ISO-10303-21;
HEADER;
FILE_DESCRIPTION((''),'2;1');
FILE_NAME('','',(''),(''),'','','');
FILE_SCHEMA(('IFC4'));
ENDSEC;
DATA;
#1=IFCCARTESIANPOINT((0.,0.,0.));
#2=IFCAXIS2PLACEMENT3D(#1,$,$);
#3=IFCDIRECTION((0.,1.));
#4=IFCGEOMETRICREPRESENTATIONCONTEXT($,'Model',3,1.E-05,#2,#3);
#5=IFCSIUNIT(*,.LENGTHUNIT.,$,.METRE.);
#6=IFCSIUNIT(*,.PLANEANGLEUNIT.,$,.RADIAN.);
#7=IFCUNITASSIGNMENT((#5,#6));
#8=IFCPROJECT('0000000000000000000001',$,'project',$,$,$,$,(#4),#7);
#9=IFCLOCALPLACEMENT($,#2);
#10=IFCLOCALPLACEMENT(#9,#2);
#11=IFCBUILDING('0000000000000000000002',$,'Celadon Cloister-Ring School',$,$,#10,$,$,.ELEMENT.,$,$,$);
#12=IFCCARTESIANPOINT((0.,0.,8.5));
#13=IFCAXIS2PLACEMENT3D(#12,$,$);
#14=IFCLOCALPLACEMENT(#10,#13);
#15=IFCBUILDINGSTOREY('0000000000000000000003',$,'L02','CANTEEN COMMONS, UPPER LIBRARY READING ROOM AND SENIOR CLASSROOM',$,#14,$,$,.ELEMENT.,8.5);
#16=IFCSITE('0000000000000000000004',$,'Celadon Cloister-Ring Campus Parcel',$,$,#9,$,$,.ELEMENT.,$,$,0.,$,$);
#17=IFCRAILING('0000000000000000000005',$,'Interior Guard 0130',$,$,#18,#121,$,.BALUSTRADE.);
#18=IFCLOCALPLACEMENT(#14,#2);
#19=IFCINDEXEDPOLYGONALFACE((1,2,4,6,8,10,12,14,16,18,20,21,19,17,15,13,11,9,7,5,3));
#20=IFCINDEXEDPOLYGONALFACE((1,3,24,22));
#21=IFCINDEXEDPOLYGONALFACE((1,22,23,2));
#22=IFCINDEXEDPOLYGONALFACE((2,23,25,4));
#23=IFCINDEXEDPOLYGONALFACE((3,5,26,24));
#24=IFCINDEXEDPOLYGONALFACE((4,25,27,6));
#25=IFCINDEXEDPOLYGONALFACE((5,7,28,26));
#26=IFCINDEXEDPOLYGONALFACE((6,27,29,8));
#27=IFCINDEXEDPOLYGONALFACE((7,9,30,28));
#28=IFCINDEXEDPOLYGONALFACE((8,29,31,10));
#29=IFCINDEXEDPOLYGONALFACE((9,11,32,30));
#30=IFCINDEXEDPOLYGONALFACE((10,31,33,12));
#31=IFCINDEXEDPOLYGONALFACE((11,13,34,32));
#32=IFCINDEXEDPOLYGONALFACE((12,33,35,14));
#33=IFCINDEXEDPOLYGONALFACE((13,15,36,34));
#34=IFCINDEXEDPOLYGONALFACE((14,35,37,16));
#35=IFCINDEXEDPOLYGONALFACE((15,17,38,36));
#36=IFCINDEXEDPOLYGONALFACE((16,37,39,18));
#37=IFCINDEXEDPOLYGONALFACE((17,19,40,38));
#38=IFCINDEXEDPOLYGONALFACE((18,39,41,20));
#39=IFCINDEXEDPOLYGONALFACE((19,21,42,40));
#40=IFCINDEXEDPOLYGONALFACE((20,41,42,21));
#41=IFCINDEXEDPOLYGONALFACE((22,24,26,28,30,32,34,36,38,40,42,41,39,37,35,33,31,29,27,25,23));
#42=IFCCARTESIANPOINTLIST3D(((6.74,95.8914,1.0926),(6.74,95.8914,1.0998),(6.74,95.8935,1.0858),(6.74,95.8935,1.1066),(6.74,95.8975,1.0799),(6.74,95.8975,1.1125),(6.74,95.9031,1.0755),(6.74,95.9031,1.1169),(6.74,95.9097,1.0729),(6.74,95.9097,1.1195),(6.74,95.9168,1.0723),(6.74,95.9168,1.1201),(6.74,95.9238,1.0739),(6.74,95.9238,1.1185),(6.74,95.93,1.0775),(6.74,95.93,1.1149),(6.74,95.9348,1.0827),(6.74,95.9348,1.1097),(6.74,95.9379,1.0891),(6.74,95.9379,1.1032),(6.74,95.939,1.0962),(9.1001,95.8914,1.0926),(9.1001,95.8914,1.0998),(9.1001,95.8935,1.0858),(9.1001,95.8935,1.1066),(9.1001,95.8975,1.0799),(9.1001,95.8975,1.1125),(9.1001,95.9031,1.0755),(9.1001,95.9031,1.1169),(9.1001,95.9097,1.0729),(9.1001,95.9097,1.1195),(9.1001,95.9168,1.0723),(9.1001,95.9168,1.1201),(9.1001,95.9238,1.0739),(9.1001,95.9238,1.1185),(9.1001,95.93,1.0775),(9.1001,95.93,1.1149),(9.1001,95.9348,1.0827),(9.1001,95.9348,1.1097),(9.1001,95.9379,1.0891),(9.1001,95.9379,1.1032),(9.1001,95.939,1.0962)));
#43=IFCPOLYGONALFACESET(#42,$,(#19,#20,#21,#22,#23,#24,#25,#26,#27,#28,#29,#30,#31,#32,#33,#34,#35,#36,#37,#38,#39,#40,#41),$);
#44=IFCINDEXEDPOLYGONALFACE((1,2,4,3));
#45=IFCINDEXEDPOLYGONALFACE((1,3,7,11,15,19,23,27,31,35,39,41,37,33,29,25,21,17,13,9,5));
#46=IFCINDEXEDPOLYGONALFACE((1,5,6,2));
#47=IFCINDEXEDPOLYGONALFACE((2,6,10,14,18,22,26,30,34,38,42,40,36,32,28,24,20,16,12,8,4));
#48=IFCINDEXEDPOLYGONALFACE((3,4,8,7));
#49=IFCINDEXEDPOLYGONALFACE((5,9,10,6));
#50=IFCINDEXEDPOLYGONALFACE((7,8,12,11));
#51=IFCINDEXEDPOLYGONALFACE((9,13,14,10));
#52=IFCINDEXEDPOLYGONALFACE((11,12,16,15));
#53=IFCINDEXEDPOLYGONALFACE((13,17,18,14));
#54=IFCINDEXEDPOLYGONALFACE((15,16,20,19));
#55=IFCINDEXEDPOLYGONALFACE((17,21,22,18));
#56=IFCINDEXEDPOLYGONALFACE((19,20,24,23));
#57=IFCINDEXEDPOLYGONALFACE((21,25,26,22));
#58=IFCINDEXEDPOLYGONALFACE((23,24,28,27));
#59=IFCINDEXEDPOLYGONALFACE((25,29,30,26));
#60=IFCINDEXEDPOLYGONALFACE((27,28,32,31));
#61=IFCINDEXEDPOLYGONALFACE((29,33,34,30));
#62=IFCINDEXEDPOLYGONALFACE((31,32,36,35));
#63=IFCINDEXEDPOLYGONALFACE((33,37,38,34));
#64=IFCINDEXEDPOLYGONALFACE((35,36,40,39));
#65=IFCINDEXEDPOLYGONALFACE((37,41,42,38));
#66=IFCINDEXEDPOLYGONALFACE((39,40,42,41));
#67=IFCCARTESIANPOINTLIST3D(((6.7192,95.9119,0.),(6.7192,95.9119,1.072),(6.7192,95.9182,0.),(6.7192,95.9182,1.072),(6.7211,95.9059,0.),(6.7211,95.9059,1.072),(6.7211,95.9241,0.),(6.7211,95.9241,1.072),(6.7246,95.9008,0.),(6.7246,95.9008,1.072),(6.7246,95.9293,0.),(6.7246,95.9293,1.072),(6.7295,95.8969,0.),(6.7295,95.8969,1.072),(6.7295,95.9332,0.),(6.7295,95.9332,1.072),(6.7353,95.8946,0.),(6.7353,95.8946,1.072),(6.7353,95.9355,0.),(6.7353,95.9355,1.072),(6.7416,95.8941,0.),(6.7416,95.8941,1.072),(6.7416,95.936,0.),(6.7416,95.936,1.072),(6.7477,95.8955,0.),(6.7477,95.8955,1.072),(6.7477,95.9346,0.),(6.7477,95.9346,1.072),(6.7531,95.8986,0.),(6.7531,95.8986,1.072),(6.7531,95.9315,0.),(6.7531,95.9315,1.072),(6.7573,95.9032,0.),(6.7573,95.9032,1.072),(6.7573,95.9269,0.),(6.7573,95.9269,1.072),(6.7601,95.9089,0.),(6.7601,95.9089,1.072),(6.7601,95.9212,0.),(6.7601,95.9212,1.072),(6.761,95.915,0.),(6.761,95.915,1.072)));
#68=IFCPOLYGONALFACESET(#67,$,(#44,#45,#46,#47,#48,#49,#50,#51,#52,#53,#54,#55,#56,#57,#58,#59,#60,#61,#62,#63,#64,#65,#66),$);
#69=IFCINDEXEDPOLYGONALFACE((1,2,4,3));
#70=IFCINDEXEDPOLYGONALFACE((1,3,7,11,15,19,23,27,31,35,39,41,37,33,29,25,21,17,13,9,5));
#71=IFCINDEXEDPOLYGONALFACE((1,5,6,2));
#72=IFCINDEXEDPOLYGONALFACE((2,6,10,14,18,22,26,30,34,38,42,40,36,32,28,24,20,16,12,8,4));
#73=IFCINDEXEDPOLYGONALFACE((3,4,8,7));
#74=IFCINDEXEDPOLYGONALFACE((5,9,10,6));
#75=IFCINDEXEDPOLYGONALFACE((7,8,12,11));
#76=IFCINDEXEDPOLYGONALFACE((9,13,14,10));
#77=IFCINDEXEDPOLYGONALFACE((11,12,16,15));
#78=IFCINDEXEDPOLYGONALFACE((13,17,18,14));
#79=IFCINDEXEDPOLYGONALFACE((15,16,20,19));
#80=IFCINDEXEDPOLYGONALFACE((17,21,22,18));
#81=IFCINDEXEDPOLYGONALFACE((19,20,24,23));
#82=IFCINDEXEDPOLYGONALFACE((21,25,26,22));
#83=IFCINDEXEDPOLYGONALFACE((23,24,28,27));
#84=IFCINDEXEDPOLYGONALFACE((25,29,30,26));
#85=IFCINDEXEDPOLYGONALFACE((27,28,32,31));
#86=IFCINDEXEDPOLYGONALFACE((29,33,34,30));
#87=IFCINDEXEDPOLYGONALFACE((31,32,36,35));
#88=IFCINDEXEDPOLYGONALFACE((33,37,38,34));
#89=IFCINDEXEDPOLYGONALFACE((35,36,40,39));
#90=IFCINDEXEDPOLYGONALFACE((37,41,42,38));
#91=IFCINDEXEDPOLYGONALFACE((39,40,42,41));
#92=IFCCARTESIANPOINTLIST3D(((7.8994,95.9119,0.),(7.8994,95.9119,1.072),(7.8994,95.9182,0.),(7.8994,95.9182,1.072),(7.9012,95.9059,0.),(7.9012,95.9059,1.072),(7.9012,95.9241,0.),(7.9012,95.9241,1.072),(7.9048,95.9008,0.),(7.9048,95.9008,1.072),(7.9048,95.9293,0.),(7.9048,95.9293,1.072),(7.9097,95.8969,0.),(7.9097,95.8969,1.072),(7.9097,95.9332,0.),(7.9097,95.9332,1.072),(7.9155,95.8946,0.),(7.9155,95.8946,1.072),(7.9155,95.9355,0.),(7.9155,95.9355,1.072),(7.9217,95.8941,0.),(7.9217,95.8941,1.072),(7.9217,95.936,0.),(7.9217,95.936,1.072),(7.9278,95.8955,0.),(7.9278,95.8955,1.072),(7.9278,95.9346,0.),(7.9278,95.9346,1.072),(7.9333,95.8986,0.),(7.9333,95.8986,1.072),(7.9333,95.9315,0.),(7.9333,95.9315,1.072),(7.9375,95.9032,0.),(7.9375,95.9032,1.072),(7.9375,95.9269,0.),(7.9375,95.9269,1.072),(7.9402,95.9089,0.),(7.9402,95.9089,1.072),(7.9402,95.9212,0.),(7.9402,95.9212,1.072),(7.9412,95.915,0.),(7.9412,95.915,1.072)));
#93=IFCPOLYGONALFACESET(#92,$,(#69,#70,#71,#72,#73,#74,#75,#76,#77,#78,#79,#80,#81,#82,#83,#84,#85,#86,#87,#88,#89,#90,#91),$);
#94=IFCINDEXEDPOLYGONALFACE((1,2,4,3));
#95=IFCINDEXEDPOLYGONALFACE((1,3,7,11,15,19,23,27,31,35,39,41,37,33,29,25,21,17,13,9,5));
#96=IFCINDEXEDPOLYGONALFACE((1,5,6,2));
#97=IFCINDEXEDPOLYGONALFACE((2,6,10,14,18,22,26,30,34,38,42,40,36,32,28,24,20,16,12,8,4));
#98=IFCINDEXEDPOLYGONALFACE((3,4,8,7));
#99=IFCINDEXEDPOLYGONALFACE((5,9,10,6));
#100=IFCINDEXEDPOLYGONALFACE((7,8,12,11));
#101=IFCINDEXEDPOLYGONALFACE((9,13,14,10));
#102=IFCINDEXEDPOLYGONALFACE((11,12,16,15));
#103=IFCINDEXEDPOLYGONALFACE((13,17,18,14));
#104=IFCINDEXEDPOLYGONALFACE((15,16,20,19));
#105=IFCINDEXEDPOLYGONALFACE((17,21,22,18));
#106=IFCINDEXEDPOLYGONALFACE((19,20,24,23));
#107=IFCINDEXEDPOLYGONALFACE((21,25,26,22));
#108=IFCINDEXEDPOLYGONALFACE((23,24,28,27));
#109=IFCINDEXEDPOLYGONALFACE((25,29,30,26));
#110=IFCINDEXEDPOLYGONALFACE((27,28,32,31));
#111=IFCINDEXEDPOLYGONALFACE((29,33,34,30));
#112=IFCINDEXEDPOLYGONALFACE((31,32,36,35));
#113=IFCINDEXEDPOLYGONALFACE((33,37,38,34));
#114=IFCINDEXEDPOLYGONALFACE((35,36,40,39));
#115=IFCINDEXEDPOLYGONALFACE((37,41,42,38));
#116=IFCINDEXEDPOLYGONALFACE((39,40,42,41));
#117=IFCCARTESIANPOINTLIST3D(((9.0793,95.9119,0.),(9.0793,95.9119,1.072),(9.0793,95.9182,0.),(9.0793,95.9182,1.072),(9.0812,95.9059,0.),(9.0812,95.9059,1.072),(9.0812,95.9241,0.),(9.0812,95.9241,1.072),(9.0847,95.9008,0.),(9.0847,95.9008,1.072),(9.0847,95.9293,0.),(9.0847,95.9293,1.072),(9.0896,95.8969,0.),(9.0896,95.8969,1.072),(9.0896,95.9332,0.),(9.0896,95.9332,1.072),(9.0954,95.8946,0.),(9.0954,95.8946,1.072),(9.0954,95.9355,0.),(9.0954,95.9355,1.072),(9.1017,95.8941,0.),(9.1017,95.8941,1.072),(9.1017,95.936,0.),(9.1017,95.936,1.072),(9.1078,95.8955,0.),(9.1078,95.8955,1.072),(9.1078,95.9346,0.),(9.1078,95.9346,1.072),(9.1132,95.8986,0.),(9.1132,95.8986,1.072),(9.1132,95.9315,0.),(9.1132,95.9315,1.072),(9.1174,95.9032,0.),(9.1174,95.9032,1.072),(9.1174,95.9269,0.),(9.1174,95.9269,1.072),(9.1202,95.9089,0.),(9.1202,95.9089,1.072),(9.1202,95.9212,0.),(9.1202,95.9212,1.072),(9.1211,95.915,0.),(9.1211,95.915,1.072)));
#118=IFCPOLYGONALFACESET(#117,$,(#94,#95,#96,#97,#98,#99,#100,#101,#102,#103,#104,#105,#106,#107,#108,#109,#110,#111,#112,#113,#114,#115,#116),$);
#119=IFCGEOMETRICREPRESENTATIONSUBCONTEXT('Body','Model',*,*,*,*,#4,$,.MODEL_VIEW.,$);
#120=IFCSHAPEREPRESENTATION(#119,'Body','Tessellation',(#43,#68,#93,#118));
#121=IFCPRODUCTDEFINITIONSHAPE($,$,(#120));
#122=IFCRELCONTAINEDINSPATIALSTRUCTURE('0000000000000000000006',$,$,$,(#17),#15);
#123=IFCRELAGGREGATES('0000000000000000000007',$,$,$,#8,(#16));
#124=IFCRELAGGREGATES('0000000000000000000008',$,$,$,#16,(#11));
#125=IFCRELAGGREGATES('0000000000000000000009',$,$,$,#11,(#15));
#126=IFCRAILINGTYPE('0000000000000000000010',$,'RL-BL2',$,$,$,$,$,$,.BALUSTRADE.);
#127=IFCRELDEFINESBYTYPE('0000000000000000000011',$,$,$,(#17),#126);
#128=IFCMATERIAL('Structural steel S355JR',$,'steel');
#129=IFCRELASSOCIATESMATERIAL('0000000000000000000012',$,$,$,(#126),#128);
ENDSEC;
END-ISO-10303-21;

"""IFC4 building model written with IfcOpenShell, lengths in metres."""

from ifc_helpers import new_model, si_unit, direction, frame, origin, origin_2d, place, context, subcontext, project, spatial, circle, extrude, material, type_object, element, save


model = new_model("IFC4")

# Units and contexts
model_context = context("Model", 3, precision=1e-05, world=origin(), true_north=direction((0.0, 1.0)))
body_context = subcontext(model_context, "Body", "Model", "MODEL_VIEW")
ifc_project = project(units=[si_unit("LENGTHUNIT", "METRE"), si_unit("PLANEANGLEUNIT", "RADIAN")], contexts=[model_context])

# Site, building, storey
site_placement = place(None, origin())
site = spatial("IfcSite", under=ifc_project, at=site_placement, Name="Celadon Cloister-Ring Campus Parcel", CompositionType="ELEMENT", RefElevation=0.0)
building_placement = place(site_placement, origin())
building = spatial("IfcBuilding", under=site, at=building_placement, Name="Celadon Cloister-Ring School", CompositionType="ELEMENT")
storey_placement = place(building_placement, frame((0.0, 0.0, 8.5)))
storey = spatial("IfcBuildingStorey", under=building, at=storey_placement, Name="L02", Description="CANTEEN COMMONS, UPPER LIBRARY READING ROOM AND SENIOR CLASSROOM", CompositionType="ELEMENT", Elevation=8.5)

# Railing
ifc_material_1 = material(Name="Structural steel S355JR", Category="steel")
railing_type_1 = type_object("IfcRailingType", Name="RL-BL2", PredefinedType="BALUSTRADE", material=ifc_material_1)
railing_1_placement = place(storey_placement, frame((6.74, 95.915, 0.0)))
element("IfcRailing", 1, at=railing_1_placement, inside=storey, type_object=railing_type_1, Name="Interior Guard 0130", PredefinedType="BALUSTRADE", context=body_context, shape_type="SweptSolid", body=[
    extrude(circle(Radius=0.0239, at=origin_2d()), frame((0.0, 0.0, 1.0962), z_axis=(1.0, 0.0, 0.0), x_axis=(0.0, 1.0, 0.0)), (0.0, 0.0, 1.0), 2.3601),
    extrude(circle(Radius=0.021, at=origin_2d()), origin(), (0.0, 0.0, 1.0), 1.072),
    extrude(circle(Radius=0.021, at=origin_2d()), frame((1.1802, 0.0, 0.0)), (0.0, 0.0, 1.0), 1.072),
    extrude(circle(Radius=0.021, at=origin_2d()), frame((2.3601, 0.0, 0.0)), (0.0, 0.0, 1.0), 1.072),
])

save(model, "model.ifc")
